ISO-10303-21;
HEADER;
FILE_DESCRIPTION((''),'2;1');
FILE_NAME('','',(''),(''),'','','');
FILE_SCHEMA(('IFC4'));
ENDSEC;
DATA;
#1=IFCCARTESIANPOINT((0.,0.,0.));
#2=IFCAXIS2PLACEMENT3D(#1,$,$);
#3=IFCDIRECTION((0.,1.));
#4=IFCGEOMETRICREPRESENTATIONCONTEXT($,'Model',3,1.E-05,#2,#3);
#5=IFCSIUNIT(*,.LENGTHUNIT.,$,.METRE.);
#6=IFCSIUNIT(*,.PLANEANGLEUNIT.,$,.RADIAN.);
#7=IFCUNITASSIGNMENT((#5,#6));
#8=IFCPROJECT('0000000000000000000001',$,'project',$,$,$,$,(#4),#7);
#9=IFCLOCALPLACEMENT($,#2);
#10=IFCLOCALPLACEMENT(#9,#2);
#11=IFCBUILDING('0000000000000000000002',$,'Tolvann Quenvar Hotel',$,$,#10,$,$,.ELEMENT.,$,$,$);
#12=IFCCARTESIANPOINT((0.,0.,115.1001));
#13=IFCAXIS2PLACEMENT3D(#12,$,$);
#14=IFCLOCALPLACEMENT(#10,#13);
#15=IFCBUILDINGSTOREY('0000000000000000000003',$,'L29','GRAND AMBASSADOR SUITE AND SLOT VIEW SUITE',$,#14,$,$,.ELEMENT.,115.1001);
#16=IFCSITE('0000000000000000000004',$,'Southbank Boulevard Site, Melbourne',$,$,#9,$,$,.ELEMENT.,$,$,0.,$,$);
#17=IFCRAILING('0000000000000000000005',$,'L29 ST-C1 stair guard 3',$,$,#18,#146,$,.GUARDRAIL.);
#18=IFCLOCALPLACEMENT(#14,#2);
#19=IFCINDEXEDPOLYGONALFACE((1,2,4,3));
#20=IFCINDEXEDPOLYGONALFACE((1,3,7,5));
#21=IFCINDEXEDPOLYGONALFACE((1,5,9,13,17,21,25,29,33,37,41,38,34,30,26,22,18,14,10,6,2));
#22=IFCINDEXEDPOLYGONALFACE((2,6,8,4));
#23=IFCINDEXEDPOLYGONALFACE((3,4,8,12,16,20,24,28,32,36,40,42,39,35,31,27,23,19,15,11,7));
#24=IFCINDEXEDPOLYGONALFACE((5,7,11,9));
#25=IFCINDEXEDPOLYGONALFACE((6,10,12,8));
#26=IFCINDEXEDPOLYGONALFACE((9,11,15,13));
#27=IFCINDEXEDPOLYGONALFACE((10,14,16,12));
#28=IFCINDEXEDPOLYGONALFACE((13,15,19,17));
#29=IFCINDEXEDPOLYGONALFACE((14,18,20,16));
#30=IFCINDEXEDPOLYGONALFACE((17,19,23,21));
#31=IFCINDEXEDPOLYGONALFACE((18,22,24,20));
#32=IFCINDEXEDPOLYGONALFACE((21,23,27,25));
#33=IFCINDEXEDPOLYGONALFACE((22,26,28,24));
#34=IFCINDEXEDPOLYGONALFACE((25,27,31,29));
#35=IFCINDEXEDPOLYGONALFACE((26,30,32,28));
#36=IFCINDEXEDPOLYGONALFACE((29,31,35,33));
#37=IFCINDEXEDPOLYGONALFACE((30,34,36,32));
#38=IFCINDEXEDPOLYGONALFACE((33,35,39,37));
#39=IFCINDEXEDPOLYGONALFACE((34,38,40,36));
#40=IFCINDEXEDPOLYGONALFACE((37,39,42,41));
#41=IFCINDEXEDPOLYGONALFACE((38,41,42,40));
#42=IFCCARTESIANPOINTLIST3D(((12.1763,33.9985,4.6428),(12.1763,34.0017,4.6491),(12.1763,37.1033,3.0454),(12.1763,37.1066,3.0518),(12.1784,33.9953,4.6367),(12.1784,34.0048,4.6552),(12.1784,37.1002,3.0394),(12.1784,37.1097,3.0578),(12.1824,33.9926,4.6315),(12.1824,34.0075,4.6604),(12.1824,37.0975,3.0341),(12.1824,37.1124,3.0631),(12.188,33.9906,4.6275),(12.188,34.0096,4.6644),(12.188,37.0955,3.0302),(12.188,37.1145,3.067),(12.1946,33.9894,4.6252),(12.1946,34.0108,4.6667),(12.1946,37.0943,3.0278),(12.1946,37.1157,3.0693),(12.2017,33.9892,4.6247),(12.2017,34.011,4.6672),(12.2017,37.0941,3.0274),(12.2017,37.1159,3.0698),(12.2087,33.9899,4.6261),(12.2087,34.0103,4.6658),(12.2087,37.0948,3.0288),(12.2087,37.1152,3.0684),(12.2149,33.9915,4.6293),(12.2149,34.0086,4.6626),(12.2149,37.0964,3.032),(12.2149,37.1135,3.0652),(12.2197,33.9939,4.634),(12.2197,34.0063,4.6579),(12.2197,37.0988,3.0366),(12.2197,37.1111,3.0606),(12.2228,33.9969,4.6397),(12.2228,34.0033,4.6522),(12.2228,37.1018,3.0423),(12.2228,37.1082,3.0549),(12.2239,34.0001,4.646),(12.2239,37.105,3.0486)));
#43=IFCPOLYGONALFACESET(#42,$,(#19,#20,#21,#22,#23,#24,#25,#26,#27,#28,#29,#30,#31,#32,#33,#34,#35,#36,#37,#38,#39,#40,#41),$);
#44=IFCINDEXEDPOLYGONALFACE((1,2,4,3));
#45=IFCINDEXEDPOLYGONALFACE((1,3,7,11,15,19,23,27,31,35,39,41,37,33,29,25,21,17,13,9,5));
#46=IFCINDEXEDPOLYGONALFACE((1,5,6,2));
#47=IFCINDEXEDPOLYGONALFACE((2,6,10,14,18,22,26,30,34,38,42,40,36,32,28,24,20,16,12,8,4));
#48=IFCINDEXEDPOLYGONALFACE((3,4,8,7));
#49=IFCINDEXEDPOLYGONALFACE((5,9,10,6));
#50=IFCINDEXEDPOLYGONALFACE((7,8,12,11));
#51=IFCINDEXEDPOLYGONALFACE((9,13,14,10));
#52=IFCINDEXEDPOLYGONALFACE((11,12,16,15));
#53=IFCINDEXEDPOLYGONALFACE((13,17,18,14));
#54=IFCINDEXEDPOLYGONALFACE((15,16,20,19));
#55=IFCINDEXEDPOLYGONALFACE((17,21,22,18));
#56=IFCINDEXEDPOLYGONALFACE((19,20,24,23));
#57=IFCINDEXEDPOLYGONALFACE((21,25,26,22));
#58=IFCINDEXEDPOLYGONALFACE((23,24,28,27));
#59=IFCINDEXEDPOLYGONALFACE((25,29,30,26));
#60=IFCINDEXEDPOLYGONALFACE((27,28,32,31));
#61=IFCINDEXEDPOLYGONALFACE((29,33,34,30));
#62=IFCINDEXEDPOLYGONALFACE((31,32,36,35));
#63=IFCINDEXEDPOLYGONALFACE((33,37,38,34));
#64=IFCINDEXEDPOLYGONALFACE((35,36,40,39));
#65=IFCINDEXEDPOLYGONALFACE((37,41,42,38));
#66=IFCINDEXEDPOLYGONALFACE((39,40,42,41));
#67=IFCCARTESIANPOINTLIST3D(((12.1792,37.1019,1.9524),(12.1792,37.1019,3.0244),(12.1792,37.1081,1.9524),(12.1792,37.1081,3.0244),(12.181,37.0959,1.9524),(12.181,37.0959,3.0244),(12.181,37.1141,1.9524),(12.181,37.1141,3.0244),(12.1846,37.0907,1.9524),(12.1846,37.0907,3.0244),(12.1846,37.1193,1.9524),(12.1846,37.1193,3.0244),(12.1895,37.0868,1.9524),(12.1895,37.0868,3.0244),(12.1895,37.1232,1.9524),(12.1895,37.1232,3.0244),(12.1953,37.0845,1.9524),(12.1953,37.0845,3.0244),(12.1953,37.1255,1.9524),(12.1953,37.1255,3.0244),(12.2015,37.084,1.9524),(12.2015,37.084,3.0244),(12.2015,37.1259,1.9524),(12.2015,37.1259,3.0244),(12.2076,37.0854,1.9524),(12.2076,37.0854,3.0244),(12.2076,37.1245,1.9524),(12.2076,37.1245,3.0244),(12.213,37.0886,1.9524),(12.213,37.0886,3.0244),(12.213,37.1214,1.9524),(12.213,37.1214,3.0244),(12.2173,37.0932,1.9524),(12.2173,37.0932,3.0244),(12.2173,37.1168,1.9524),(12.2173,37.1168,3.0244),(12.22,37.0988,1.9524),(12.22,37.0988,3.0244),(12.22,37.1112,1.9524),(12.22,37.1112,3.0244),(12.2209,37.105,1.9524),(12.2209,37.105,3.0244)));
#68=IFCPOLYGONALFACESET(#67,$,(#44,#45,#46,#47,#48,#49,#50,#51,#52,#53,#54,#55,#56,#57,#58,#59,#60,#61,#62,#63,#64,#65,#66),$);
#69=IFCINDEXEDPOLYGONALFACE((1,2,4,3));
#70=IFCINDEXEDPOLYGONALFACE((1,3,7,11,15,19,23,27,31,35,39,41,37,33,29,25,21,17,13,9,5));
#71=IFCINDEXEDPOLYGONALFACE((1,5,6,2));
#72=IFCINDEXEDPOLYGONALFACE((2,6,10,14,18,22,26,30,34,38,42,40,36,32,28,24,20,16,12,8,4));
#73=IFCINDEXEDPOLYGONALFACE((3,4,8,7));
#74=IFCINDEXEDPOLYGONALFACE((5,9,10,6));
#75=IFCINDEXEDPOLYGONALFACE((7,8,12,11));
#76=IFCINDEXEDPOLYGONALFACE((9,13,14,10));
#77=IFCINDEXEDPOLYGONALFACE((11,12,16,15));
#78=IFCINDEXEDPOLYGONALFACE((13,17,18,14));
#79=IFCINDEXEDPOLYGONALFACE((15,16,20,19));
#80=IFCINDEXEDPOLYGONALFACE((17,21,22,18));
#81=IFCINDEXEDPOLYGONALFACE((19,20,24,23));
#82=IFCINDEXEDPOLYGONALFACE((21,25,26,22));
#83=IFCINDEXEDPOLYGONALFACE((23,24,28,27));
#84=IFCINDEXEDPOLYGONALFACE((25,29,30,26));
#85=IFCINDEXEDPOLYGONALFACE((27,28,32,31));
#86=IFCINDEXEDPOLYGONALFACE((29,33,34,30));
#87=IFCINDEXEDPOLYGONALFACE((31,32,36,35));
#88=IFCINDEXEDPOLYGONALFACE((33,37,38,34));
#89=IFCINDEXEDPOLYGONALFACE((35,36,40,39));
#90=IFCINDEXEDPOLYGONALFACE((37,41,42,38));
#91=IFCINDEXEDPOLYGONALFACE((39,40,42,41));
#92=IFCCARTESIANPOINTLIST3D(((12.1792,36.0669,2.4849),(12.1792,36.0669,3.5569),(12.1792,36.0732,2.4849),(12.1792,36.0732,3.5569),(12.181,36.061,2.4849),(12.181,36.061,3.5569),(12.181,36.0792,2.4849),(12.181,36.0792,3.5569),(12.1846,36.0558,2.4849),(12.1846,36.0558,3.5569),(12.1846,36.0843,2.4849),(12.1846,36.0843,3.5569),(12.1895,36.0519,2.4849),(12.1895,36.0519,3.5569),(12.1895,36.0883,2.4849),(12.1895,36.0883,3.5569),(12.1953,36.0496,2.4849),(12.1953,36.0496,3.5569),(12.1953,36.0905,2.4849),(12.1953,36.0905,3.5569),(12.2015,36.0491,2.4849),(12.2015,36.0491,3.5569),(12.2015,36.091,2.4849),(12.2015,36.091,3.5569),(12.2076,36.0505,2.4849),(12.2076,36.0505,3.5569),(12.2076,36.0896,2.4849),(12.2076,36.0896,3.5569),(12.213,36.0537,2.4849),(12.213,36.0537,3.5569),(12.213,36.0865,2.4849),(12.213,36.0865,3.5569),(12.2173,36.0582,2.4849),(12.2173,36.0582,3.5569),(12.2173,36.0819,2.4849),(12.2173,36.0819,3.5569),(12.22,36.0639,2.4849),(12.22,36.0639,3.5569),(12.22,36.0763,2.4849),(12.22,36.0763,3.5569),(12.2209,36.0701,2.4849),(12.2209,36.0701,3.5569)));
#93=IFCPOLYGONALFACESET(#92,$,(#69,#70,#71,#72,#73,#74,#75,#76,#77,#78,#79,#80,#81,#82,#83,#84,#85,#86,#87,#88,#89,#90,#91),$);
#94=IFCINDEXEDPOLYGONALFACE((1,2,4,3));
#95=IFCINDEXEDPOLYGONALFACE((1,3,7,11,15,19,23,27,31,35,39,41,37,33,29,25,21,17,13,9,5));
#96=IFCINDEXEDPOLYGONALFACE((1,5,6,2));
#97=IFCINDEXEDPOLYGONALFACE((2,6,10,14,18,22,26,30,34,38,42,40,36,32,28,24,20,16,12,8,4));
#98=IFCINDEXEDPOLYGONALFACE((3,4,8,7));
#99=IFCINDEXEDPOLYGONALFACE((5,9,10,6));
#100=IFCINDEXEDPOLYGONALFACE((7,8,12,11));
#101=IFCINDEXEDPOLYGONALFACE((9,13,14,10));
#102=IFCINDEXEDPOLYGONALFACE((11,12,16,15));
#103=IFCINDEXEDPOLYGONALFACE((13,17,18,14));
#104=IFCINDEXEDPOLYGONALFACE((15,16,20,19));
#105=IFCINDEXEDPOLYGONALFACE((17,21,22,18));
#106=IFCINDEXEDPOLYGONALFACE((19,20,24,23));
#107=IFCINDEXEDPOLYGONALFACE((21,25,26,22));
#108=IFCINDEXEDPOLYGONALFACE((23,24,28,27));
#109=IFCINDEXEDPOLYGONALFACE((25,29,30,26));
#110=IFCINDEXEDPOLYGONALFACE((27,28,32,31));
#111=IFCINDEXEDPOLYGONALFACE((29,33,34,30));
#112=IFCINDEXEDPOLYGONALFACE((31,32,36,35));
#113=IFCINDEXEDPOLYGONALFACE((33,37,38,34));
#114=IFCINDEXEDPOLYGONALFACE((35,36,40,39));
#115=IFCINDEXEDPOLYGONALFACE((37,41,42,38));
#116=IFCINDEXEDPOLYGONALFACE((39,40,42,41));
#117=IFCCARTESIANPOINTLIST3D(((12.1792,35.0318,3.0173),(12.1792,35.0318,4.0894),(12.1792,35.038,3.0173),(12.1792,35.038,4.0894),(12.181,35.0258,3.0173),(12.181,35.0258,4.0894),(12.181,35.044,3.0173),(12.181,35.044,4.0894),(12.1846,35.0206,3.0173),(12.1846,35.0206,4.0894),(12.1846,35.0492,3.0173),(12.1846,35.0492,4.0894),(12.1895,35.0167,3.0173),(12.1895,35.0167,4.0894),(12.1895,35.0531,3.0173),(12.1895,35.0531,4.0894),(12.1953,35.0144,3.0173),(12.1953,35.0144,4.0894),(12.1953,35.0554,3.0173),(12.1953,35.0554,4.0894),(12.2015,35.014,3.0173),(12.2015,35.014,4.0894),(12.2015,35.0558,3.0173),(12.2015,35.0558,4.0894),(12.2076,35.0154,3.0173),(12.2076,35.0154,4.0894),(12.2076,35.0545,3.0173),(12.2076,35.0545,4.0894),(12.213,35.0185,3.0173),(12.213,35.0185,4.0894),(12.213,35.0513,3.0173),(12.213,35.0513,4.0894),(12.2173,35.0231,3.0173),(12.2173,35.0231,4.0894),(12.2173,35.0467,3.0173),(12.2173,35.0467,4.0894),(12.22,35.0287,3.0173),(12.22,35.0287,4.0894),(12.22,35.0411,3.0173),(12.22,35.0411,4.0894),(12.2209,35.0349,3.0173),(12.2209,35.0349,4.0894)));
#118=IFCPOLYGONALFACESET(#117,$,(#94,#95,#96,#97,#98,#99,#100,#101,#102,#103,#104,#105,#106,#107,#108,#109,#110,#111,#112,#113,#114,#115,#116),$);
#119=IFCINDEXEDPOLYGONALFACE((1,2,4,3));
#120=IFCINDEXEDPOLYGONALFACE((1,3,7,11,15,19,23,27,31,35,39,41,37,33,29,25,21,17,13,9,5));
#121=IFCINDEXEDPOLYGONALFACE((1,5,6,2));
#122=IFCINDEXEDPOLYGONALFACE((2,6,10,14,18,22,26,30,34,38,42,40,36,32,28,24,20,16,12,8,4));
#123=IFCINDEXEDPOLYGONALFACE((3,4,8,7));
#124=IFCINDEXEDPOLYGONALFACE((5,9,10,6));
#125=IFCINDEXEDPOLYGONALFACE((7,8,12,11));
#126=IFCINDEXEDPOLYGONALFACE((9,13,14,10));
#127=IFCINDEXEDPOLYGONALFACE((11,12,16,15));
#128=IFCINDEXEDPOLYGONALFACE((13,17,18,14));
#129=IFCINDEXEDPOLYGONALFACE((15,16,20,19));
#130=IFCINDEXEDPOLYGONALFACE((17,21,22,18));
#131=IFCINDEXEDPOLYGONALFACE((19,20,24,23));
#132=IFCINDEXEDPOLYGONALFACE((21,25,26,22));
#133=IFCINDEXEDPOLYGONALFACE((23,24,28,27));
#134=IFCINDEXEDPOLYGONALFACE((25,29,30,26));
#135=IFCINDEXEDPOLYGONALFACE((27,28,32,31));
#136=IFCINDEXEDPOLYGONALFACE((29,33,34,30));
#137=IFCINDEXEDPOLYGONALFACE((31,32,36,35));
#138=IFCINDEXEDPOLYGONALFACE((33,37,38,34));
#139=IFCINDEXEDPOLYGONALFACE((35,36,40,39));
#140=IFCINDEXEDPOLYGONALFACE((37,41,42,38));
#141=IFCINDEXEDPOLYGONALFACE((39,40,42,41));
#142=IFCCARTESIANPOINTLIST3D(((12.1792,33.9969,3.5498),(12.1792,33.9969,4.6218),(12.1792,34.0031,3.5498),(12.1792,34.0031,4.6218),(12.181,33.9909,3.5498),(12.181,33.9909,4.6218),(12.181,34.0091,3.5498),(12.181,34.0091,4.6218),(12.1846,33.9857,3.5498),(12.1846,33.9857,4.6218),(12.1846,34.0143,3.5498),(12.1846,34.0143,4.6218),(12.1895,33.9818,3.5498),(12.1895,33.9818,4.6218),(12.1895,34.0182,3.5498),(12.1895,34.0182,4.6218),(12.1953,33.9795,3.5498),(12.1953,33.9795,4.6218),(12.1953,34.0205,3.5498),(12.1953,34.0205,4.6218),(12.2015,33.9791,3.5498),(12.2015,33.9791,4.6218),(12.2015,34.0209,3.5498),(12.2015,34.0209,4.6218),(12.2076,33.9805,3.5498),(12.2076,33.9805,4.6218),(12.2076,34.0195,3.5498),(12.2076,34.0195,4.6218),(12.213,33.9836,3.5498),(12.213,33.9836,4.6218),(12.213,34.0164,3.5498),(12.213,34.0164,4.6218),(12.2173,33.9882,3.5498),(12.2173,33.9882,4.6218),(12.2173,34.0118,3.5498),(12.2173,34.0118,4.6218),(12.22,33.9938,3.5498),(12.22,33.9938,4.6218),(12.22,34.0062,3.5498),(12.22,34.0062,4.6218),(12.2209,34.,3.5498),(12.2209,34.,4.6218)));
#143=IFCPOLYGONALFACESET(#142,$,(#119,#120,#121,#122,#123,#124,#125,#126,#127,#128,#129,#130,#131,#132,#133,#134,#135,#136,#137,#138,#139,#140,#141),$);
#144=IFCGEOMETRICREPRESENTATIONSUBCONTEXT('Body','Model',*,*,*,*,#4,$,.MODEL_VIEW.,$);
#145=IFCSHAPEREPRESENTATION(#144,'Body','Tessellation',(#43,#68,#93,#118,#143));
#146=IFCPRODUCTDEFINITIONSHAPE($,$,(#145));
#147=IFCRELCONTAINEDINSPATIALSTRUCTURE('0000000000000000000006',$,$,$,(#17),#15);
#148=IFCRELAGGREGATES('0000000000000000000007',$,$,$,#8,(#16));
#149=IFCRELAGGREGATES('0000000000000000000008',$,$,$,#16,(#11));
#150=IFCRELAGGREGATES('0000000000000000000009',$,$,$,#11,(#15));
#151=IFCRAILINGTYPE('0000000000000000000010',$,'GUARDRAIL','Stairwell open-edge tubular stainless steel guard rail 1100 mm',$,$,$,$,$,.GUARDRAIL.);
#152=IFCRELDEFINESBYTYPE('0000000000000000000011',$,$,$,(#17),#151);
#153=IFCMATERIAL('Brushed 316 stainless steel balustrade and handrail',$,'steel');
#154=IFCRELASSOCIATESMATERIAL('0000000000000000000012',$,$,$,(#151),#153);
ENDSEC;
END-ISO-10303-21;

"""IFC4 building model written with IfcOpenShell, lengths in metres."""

from ifc_helpers import new_model, si_unit, direction, frame, origin, origin_2d, place, context, subcontext, project, spatial, circle, extrude, material, type_object, element, save


model = new_model("IFC4")

# Units and contexts
model_context = context("Model", 3, precision=1e-05, world=origin(), true_north=direction((0.0, 1.0)))
body_context = subcontext(model_context, "Body", "Model", "MODEL_VIEW")
ifc_project = project(units=[si_unit("LENGTHUNIT", "METRE"), si_unit("PLANEANGLEUNIT", "RADIAN")], contexts=[model_context])

# Site, building, storey
site_placement = place(None, origin())
site = spatial("IfcSite", under=ifc_project, at=site_placement, Name="Southbank Boulevard Site, Melbourne", CompositionType="ELEMENT", RefElevation=0.0)
building_placement = place(site_placement, origin())
building = spatial("IfcBuilding", under=site, at=building_placement, Name="Tolvann Quenvar Hotel", CompositionType="ELEMENT")
storey_placement = place(building_placement, frame((0.0, 0.0, 115.1001)))
storey = spatial("IfcBuildingStorey", under=building, at=storey_placement, Name="L29", Description="GRAND AMBASSADOR SUITE AND SLOT VIEW SUITE", CompositionType="ELEMENT", Elevation=115.1001)

# Railing
ifc_material_1 = material(Name="Brushed 316 stainless steel balustrade and handrail", Category="steel")
railing_type_1 = type_object("IfcRailingType", Name="GUARDRAIL", Description="Stairwell open-edge tubular stainless steel guard rail 1100 mm", PredefinedType="GUARDRAIL", material=ifc_material_1)
railing_1_placement = place(storey_placement, frame((12.2, 37.105, 1.9524)))
element("IfcRailing", 1, at=railing_1_placement, inside=storey, type_object=railing_type_1, Name="L29 ST-C1 stair guard 3", PredefinedType="GUARDRAIL", context=body_context, shape_type="SweptSolid", body=[
    extrude(circle(Radius=0.0239, at=origin_2d()), frame((0.0, 0.0, 1.0962), z_axis=(0.0, -0.889222, 0.457476), x_axis=(1.0, 0.0, 0.0)), (0.0, 0.0, 1.0), 3.4917),
    extrude(circle(Radius=0.021, at=origin_2d()), origin(), (0.0, 0.0, 1.0), 1.072),
    extrude(circle(Radius=0.021, at=origin_2d()), frame((0.0, -1.0349, 0.5325)), (0.0, 0.0, 1.0), 1.072),
    extrude(circle(Radius=0.021, at=origin_2d()), frame((0.0, -2.0701, 1.0649)), (0.0, 0.0, 1.0), 1.072),
    extrude(circle(Radius=0.021, at=origin_2d()), frame((0.0, -3.105, 1.5974)), (0.0, 0.0, 1.0), 1.072),
])

save(model, "model.ifc")
